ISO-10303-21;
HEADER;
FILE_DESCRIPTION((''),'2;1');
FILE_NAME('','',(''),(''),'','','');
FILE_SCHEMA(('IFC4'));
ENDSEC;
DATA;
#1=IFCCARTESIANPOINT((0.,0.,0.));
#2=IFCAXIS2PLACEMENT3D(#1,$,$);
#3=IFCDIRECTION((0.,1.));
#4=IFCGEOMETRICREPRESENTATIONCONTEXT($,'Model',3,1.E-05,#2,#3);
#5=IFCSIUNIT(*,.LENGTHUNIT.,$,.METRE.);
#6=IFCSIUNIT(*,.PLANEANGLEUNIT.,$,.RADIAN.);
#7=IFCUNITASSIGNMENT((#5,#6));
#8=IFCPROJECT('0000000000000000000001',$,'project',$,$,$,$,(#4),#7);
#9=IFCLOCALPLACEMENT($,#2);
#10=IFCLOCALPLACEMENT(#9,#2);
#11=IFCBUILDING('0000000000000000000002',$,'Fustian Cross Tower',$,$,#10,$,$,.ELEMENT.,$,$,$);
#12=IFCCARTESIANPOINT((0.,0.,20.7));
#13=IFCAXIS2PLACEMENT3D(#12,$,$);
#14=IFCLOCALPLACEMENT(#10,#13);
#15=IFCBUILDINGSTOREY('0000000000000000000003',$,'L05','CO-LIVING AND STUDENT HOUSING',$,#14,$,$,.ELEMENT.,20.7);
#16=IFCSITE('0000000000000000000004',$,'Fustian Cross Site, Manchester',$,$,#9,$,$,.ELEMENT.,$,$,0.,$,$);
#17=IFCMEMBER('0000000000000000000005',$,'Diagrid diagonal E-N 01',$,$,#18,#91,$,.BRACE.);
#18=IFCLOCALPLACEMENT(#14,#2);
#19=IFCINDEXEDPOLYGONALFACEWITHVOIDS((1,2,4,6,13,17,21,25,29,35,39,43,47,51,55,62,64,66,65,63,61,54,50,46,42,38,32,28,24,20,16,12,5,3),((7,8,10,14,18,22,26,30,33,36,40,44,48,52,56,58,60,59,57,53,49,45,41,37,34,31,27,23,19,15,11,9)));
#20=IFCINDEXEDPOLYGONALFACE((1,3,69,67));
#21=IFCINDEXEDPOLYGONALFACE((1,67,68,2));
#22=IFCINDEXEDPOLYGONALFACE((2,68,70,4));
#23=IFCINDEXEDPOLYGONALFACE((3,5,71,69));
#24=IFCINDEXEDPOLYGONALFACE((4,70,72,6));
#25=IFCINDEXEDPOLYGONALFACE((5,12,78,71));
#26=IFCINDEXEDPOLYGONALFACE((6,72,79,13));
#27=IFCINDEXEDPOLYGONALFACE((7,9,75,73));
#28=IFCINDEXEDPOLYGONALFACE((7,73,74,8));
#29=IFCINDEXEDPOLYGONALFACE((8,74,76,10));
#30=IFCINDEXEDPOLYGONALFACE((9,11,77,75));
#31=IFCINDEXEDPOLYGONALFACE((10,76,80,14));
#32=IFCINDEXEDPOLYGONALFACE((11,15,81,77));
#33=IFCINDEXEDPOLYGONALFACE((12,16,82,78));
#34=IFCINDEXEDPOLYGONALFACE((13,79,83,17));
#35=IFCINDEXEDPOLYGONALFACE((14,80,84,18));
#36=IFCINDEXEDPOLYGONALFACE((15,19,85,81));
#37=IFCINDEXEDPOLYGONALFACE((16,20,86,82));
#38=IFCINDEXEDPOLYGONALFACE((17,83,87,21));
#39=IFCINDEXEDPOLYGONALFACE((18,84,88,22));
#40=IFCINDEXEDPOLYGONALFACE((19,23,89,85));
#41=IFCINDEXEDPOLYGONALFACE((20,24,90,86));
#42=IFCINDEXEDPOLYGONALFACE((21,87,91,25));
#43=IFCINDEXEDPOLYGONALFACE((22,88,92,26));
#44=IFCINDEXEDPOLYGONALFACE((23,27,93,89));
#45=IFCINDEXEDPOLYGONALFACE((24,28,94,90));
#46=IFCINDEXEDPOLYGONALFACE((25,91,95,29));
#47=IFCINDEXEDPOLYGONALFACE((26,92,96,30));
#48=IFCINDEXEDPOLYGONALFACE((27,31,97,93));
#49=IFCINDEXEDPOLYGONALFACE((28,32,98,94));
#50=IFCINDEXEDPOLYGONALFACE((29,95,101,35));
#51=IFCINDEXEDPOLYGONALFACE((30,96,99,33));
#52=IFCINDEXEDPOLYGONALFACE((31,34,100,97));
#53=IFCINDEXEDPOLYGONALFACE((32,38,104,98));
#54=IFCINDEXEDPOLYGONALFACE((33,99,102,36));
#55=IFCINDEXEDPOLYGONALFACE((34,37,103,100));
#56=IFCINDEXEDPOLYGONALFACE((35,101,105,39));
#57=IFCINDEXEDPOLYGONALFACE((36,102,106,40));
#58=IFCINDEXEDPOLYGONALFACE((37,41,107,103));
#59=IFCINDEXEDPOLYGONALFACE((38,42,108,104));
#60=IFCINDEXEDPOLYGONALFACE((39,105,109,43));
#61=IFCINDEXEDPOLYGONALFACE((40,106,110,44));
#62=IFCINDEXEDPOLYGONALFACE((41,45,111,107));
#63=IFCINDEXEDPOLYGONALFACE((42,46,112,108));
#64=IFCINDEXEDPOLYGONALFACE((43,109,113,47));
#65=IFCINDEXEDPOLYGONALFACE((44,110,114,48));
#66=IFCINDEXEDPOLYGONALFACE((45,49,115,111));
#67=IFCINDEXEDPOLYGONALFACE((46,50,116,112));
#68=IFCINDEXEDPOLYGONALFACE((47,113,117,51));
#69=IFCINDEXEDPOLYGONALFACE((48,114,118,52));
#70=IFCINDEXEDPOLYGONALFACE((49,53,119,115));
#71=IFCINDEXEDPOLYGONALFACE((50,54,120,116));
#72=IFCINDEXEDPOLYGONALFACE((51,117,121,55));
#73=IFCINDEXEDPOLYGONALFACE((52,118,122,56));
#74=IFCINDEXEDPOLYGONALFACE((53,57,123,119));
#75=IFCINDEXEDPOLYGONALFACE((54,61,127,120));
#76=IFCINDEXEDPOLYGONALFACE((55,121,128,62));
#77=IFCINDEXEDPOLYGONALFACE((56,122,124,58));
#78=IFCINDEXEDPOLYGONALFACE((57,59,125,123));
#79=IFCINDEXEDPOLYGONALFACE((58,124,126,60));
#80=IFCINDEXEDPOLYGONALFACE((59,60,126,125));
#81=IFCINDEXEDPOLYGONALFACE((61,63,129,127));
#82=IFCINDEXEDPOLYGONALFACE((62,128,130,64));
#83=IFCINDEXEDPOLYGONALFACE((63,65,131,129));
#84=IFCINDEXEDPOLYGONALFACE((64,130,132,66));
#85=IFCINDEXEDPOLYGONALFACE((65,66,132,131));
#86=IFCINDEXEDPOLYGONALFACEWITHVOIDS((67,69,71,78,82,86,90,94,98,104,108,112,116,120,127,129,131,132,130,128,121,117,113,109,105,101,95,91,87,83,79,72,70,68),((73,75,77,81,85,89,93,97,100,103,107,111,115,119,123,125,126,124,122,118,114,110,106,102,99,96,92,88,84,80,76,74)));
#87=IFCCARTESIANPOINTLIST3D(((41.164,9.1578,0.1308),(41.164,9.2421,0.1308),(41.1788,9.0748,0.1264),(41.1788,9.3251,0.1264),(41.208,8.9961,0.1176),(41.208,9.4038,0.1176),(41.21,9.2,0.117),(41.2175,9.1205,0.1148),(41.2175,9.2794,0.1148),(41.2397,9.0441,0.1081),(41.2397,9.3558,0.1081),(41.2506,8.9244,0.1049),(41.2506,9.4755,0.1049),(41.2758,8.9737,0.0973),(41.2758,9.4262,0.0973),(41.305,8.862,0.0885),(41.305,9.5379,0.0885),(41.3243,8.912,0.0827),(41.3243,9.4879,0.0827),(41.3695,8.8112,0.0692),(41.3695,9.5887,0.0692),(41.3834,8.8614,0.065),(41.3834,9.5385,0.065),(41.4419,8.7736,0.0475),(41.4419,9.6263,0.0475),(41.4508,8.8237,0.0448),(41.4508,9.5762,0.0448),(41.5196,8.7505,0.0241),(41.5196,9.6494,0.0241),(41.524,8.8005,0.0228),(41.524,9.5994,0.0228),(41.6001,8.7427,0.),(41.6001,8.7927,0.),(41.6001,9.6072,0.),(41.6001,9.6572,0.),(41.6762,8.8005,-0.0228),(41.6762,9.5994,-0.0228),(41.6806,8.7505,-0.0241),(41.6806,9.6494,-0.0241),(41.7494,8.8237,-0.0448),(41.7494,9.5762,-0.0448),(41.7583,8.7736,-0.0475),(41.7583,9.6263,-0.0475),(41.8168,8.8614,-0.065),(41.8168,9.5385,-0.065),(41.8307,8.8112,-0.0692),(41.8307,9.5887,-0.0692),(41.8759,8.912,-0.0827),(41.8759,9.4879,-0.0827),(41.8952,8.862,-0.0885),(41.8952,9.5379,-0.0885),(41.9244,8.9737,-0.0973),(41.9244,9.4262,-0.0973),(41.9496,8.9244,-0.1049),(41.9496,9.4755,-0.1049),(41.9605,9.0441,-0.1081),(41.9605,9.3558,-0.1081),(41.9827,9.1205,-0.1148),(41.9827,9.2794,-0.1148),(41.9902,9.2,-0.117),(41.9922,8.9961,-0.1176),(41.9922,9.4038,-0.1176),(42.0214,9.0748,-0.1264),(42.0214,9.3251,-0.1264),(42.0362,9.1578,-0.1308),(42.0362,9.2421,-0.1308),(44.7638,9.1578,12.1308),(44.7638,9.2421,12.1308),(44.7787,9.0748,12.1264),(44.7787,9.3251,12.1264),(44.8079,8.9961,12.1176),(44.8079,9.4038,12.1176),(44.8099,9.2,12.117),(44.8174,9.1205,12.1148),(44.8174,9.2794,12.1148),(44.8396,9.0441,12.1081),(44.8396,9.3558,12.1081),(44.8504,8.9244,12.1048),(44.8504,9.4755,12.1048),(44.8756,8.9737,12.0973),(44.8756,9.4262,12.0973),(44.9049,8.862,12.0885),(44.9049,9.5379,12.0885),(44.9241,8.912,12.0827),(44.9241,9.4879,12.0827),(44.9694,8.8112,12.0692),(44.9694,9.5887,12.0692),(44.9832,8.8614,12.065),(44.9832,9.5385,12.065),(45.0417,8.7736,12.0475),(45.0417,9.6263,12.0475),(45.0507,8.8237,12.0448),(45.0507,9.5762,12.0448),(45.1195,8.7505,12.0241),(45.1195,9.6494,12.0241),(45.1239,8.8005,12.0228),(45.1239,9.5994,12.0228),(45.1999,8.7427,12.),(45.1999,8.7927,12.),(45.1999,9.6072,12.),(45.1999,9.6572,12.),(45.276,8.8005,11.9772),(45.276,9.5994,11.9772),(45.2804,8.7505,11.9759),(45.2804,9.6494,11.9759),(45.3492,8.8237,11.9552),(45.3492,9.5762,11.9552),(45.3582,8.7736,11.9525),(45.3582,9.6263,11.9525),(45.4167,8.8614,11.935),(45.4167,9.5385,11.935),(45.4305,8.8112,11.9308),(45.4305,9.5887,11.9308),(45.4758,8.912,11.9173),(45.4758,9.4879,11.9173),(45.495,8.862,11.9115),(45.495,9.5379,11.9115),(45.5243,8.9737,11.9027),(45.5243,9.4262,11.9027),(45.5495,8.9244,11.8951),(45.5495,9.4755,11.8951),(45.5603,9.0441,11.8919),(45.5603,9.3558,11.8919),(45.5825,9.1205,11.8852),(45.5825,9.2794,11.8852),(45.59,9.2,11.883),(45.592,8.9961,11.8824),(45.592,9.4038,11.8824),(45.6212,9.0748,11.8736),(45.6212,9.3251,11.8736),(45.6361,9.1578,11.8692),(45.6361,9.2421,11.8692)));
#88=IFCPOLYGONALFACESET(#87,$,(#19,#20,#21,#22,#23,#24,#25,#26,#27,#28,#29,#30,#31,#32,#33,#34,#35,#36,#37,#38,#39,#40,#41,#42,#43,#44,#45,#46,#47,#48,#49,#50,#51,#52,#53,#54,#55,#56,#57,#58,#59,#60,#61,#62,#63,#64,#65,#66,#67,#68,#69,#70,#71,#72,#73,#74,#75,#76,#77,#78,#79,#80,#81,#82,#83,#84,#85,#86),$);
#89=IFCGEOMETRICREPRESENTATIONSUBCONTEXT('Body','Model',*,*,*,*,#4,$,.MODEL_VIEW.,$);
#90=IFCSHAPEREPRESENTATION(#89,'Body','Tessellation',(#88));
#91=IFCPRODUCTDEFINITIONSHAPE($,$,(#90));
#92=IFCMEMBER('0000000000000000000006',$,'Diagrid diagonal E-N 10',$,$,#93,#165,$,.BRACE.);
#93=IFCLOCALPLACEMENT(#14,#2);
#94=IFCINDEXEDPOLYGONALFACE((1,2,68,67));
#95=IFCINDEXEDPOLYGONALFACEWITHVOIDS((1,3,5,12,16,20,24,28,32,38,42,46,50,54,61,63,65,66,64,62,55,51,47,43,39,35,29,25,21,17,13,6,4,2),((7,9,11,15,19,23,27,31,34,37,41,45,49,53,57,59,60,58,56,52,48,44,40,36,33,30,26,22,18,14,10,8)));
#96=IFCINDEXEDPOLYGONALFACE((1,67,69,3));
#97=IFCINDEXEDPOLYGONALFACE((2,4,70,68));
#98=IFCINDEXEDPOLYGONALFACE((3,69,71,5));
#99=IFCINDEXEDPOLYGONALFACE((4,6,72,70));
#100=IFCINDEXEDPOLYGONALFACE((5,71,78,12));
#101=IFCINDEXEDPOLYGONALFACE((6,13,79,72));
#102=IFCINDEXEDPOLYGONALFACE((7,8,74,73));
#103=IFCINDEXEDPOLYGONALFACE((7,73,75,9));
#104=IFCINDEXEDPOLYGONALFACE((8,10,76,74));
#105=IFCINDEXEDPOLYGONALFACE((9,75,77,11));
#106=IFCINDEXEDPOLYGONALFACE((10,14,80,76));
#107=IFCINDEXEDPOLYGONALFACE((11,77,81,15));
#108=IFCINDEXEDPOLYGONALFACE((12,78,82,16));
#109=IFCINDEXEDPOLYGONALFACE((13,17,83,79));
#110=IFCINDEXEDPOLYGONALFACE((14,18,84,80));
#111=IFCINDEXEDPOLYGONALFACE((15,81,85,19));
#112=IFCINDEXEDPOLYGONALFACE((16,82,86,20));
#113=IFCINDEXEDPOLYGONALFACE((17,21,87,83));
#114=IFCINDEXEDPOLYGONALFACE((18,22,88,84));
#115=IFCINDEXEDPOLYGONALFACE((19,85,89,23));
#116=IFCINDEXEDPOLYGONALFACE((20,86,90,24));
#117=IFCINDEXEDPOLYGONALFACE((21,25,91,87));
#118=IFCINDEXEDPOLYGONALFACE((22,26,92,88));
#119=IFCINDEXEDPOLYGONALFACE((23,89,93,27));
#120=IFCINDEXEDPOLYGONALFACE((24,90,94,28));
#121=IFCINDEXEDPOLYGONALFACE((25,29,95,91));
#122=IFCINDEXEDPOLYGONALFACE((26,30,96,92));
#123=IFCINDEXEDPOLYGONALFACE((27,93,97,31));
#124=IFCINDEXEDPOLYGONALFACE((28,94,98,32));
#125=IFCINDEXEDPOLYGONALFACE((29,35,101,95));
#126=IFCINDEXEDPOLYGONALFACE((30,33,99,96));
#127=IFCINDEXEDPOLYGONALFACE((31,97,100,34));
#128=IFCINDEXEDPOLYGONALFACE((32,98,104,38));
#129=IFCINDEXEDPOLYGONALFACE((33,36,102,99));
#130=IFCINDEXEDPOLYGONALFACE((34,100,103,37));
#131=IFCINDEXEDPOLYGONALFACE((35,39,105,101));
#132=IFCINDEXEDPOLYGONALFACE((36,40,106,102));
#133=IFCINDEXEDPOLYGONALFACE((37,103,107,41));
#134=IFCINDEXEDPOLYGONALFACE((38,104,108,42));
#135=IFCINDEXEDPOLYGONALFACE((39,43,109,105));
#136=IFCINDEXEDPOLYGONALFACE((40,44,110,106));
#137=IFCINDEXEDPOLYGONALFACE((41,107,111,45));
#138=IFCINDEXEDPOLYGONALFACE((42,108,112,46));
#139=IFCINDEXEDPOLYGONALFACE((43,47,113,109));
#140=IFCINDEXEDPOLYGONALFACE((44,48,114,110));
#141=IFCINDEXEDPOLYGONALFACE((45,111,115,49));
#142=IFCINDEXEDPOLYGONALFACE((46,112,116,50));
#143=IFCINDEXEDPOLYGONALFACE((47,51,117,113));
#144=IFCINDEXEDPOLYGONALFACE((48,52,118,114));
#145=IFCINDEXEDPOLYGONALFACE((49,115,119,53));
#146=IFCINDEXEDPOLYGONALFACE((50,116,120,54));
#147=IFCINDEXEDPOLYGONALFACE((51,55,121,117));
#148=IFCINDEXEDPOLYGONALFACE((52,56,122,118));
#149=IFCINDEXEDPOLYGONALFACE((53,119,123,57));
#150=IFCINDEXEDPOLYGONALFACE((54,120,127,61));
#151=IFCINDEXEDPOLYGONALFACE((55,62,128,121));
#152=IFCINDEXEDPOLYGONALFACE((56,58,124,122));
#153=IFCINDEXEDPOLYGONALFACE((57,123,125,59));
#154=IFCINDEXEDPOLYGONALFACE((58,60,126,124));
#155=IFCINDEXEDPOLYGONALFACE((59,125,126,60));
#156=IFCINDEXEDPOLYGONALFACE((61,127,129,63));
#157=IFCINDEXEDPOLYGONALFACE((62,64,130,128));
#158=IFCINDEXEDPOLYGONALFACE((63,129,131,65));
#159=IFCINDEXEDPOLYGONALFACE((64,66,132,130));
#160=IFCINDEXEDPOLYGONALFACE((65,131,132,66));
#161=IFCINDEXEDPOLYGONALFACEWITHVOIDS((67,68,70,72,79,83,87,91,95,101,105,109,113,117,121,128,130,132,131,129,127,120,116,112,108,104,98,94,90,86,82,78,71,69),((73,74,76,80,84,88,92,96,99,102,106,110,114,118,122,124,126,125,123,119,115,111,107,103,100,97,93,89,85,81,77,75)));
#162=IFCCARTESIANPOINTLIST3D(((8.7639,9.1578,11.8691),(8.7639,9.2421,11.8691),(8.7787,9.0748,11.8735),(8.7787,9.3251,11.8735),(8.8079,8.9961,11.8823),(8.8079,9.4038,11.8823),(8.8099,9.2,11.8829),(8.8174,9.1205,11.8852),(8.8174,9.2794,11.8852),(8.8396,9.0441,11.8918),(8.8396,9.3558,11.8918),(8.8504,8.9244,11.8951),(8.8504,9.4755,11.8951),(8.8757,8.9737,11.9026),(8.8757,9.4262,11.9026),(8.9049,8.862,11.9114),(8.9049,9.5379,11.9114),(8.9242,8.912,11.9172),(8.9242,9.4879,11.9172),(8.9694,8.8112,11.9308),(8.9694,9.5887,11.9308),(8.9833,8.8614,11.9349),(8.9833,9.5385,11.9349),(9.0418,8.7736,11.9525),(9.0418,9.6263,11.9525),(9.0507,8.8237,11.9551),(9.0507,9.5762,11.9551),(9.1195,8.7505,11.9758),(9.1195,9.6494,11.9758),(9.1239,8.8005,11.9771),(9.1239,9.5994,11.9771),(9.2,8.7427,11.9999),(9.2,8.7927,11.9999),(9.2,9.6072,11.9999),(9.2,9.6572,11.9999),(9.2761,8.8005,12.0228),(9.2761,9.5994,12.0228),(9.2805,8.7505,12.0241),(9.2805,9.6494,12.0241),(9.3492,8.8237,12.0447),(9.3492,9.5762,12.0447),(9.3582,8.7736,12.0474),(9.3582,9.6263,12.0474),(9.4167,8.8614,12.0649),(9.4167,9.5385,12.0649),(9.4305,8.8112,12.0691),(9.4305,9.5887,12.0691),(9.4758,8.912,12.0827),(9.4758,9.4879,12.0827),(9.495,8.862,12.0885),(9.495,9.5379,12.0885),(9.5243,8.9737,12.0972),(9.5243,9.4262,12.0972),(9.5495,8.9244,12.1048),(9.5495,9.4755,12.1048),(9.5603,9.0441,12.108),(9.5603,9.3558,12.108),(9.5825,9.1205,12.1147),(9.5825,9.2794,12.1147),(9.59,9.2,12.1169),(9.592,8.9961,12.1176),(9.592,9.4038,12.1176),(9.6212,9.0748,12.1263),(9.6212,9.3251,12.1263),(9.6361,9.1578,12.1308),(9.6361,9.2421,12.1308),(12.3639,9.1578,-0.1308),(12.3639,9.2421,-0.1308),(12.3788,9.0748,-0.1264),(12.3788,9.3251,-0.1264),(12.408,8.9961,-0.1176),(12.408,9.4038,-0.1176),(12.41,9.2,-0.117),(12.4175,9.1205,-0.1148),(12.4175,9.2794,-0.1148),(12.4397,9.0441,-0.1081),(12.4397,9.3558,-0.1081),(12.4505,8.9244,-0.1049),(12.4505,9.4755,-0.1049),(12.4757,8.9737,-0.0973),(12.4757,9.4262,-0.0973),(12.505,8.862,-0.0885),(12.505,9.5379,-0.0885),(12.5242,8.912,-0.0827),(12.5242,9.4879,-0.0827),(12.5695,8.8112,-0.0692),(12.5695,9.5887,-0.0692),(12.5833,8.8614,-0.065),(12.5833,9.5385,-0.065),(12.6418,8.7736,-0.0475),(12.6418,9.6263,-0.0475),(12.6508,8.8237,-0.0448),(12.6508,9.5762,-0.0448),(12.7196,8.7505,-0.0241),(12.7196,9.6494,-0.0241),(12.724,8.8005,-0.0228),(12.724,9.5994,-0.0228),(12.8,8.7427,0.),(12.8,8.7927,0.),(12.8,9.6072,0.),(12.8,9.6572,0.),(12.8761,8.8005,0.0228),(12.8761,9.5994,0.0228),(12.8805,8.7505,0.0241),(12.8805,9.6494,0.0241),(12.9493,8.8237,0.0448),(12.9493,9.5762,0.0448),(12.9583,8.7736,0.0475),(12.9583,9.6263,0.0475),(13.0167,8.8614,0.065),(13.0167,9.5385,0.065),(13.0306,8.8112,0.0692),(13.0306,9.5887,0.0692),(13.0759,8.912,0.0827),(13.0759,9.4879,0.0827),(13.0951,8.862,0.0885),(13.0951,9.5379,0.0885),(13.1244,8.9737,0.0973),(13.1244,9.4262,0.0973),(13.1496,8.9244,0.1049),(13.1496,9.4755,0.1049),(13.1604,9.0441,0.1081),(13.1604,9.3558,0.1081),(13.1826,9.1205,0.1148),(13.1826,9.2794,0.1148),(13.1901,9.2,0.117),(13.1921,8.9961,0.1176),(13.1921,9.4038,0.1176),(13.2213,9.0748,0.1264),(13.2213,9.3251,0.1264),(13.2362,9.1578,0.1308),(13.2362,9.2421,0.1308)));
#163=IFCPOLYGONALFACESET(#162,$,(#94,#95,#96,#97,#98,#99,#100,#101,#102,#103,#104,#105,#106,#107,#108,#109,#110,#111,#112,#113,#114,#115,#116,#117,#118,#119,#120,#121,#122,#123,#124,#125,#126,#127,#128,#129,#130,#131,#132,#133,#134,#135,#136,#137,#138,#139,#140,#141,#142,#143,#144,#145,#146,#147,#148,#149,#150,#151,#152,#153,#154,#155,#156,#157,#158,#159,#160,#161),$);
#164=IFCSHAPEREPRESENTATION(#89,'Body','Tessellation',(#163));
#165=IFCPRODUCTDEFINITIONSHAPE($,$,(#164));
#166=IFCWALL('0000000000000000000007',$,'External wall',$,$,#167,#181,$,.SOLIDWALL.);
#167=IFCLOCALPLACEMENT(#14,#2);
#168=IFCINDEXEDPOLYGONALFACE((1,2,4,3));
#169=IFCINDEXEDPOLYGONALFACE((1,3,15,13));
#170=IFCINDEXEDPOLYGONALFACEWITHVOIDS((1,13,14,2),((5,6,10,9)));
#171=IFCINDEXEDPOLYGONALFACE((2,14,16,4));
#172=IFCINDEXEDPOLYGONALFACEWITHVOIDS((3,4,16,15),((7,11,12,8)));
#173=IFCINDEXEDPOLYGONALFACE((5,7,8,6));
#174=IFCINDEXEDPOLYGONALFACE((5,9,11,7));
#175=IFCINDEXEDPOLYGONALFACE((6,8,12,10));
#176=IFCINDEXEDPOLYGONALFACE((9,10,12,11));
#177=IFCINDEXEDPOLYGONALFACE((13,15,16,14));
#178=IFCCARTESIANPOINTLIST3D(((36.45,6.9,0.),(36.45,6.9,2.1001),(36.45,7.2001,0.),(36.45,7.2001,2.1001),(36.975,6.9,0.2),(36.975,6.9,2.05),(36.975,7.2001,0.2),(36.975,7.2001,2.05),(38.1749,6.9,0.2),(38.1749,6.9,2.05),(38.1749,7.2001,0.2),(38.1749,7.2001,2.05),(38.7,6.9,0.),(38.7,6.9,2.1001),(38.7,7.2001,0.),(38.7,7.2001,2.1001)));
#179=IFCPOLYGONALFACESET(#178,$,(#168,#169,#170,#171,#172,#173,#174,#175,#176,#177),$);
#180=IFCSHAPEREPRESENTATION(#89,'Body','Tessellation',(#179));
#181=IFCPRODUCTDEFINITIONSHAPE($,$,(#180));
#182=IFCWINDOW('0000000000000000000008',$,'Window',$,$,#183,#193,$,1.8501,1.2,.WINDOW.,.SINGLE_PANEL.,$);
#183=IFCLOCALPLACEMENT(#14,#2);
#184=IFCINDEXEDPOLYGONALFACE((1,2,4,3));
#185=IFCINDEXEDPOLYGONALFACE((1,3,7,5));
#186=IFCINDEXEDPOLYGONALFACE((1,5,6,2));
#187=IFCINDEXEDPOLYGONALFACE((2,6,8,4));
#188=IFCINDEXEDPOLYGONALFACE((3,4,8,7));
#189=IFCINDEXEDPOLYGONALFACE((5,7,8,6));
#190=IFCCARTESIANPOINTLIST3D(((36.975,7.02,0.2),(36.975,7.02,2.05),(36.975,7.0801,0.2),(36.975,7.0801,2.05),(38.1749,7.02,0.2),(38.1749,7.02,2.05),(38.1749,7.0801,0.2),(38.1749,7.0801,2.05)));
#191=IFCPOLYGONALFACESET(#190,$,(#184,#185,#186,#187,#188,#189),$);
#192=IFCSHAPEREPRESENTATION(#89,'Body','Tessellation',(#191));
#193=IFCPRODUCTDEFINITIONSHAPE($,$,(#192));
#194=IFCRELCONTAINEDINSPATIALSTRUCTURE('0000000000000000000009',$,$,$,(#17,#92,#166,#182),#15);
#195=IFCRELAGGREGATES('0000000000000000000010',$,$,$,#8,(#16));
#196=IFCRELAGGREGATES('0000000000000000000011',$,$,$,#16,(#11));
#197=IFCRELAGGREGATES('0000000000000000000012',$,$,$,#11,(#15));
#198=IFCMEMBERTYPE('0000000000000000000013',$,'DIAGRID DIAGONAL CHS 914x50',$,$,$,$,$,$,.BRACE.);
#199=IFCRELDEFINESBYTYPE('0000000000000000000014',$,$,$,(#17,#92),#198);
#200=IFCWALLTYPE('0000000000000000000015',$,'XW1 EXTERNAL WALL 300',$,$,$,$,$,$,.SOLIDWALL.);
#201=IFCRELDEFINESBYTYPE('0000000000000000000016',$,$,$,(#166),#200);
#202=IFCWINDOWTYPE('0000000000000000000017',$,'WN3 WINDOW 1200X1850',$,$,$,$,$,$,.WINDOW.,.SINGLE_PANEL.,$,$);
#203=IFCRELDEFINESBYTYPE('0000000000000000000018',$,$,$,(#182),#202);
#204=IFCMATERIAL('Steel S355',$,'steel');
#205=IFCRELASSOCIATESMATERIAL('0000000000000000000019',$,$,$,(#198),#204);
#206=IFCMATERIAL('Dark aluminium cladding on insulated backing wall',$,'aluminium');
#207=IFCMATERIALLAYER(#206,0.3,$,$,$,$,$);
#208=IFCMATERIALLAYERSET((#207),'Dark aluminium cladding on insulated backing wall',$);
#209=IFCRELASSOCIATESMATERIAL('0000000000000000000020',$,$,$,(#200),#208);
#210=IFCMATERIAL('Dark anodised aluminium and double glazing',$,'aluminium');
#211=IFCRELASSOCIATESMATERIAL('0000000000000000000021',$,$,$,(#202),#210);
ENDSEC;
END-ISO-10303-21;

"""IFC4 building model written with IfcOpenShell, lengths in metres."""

from ifc_helpers import new_model, si_unit, direction, frame, frame_2d, origin, origin_2d, place, context, subcontext, project, spatial, rectangle, hollow_circle, extrude, material, layer, layer_set, material_profile, profile_set, type_object, element, fill, save


model = new_model("IFC4")

# Units and contexts
model_context = context("Model", 3, precision=1e-05, world=origin(), true_north=direction((0.0, 1.0)))
body_context = subcontext(model_context, "Body", "Model", "MODEL_VIEW")
ifc_project = project(units=[si_unit("LENGTHUNIT", "METRE"), si_unit("PLANEANGLEUNIT", "RADIAN")], contexts=[model_context])

# Site, building, storey
site_placement = place(None, origin())
site = spatial("IfcSite", under=ifc_project, at=site_placement, Name="Fustian Cross Site, Manchester", CompositionType="ELEMENT", RefElevation=0.0)
building_placement = place(site_placement, origin())
building = spatial("IfcBuilding", under=site, at=building_placement, Name="Fustian Cross Tower", CompositionType="ELEMENT")
storey_placement = place(building_placement, frame((0.0, 0.0, 20.7)))
storey = spatial("IfcBuildingStorey", under=building, at=storey_placement, Name="L05", Description="CO-LIVING AND STUDENT HOUSING", CompositionType="ELEMENT", Elevation=20.7)

# Members
ifc_material_1 = material(Name="Steel S355", Category="steel")
ifc_material_profile_1 = material_profile(ifc_material_1, hollow_circle(Radius=0.4573, WallThickness=0.05, at=origin_2d()), Name="CHS 914x50")
ifc_profile_set_1 = profile_set([ifc_material_profile_1], Name="Steel S355")
member_type_1 = type_object("IfcMemberType", Name="DIAGRID DIAGONAL CHS 914x50", PredefinedType="BRACE", material=ifc_profile_set_1)
for number, where, z_axis, x_axis, name in (
    (1, (41.6001, 9.2, 0.0), (0.287337, 0.0, 0.95783), (0.0, 1.0, 0.0), "Diagrid diagonal E-N 01"),
    (2, (12.8, 9.2, 0.0), (-0.287355, 0.0, 0.957824), (0.0, -1.0, 0.0), "Diagrid diagonal E-N 10"),
):
    element("IfcMember", number, at=place(storey_placement, frame(where, z_axis=z_axis, x_axis=x_axis)), inside=storey, type_object=member_type_1, Name=name, PredefinedType="BRACE", context=body_context, shape_type="SweptSolid", body=[
        extrude(hollow_circle(Radius=0.4573, WallThickness=0.05, at=origin_2d()), origin(), (0.0, 0.0, 1.0), 12.5283),
    ])

# Wall, opening, window
ifc_material_2 = material(Name="Dark aluminium cladding on insulated backing wall", Category="aluminium")
ifc_layer = layer(ifc_material_2, 0.3)
ifc_layer_set = layer_set([ifc_layer], Name="Dark aluminium cladding on insulated backing wall")
wall_type = type_object("IfcWallType", Name="XW1 EXTERNAL WALL 300", PredefinedType="SOLIDWALL", material=ifc_layer_set)
wall_1_placement = place(storey_placement, frame((38.7, 7.05, 0.0), z_axis=(0.0, 0.0, 1.0), x_axis=(-1.0, 0.0, 0.0)))
wall_1 = element("IfcWall", 3, at=wall_1_placement, inside=storey, type_object=wall_type, Name="External wall", PredefinedType="SOLIDWALL", context=body_context, shape_type="SweptSolid", body=[
    extrude(rectangle(XDim=2.25, YDim=0.3, at=frame_2d((1.125, 0.0))), origin(), (0.0, 0.0, 1.0), 2.1001),
])
opening_1_placement = place(wall_1_placement, frame((0.5249, 0.0, 0.2)))
opening_1 = element("IfcOpeningElement", 4, at=opening_1_placement, cuts=wall_1, PredefinedType="OPENING", context=body_context, shape_type="SweptSolid", body=[
    extrude(rectangle(XDim=1.2, YDim=1.8501, at=frame_2d((0.6001, 0.925))), frame((0.0, 0.1599, 0.0), z_axis=(0.0, -1.0, 0.0), x_axis=(1.0, 0.0, 0.0)), (0.0, 0.0, 1.0), 0.3201),
])
ifc_material_3 = material(Name="Dark anodised aluminium and double glazing", Category="aluminium")
window_type_1 = type_object("IfcWindowType", Name="WN3 WINDOW 1200X1850", PartitioningType="SINGLE_PANEL", PredefinedType="WINDOW", material=ifc_material_3)
window_1_placement = place(opening_1_placement, origin())
window_1 = element("IfcWindow", 5, at=window_1_placement, inside=storey, type_object=window_type_1, Name="Window", OverallHeight=1.8501, OverallWidth=1.2, PartitioningType="SINGLE_PANEL", PredefinedType="WINDOW", context=body_context, shape_type="SweptSolid", body=[
    extrude(rectangle(XDim=1.2, YDim=1.8501, at=frame_2d((0.6001, 0.925))), frame((0.0, 0.03, 0.0), z_axis=(0.0, -1.0, 0.0), x_axis=(1.0, 0.0, 0.0)), (0.0, 0.0, 1.0), 0.0601),
])
fill(opening_1, window_1)

save(model, "model.ifc")
